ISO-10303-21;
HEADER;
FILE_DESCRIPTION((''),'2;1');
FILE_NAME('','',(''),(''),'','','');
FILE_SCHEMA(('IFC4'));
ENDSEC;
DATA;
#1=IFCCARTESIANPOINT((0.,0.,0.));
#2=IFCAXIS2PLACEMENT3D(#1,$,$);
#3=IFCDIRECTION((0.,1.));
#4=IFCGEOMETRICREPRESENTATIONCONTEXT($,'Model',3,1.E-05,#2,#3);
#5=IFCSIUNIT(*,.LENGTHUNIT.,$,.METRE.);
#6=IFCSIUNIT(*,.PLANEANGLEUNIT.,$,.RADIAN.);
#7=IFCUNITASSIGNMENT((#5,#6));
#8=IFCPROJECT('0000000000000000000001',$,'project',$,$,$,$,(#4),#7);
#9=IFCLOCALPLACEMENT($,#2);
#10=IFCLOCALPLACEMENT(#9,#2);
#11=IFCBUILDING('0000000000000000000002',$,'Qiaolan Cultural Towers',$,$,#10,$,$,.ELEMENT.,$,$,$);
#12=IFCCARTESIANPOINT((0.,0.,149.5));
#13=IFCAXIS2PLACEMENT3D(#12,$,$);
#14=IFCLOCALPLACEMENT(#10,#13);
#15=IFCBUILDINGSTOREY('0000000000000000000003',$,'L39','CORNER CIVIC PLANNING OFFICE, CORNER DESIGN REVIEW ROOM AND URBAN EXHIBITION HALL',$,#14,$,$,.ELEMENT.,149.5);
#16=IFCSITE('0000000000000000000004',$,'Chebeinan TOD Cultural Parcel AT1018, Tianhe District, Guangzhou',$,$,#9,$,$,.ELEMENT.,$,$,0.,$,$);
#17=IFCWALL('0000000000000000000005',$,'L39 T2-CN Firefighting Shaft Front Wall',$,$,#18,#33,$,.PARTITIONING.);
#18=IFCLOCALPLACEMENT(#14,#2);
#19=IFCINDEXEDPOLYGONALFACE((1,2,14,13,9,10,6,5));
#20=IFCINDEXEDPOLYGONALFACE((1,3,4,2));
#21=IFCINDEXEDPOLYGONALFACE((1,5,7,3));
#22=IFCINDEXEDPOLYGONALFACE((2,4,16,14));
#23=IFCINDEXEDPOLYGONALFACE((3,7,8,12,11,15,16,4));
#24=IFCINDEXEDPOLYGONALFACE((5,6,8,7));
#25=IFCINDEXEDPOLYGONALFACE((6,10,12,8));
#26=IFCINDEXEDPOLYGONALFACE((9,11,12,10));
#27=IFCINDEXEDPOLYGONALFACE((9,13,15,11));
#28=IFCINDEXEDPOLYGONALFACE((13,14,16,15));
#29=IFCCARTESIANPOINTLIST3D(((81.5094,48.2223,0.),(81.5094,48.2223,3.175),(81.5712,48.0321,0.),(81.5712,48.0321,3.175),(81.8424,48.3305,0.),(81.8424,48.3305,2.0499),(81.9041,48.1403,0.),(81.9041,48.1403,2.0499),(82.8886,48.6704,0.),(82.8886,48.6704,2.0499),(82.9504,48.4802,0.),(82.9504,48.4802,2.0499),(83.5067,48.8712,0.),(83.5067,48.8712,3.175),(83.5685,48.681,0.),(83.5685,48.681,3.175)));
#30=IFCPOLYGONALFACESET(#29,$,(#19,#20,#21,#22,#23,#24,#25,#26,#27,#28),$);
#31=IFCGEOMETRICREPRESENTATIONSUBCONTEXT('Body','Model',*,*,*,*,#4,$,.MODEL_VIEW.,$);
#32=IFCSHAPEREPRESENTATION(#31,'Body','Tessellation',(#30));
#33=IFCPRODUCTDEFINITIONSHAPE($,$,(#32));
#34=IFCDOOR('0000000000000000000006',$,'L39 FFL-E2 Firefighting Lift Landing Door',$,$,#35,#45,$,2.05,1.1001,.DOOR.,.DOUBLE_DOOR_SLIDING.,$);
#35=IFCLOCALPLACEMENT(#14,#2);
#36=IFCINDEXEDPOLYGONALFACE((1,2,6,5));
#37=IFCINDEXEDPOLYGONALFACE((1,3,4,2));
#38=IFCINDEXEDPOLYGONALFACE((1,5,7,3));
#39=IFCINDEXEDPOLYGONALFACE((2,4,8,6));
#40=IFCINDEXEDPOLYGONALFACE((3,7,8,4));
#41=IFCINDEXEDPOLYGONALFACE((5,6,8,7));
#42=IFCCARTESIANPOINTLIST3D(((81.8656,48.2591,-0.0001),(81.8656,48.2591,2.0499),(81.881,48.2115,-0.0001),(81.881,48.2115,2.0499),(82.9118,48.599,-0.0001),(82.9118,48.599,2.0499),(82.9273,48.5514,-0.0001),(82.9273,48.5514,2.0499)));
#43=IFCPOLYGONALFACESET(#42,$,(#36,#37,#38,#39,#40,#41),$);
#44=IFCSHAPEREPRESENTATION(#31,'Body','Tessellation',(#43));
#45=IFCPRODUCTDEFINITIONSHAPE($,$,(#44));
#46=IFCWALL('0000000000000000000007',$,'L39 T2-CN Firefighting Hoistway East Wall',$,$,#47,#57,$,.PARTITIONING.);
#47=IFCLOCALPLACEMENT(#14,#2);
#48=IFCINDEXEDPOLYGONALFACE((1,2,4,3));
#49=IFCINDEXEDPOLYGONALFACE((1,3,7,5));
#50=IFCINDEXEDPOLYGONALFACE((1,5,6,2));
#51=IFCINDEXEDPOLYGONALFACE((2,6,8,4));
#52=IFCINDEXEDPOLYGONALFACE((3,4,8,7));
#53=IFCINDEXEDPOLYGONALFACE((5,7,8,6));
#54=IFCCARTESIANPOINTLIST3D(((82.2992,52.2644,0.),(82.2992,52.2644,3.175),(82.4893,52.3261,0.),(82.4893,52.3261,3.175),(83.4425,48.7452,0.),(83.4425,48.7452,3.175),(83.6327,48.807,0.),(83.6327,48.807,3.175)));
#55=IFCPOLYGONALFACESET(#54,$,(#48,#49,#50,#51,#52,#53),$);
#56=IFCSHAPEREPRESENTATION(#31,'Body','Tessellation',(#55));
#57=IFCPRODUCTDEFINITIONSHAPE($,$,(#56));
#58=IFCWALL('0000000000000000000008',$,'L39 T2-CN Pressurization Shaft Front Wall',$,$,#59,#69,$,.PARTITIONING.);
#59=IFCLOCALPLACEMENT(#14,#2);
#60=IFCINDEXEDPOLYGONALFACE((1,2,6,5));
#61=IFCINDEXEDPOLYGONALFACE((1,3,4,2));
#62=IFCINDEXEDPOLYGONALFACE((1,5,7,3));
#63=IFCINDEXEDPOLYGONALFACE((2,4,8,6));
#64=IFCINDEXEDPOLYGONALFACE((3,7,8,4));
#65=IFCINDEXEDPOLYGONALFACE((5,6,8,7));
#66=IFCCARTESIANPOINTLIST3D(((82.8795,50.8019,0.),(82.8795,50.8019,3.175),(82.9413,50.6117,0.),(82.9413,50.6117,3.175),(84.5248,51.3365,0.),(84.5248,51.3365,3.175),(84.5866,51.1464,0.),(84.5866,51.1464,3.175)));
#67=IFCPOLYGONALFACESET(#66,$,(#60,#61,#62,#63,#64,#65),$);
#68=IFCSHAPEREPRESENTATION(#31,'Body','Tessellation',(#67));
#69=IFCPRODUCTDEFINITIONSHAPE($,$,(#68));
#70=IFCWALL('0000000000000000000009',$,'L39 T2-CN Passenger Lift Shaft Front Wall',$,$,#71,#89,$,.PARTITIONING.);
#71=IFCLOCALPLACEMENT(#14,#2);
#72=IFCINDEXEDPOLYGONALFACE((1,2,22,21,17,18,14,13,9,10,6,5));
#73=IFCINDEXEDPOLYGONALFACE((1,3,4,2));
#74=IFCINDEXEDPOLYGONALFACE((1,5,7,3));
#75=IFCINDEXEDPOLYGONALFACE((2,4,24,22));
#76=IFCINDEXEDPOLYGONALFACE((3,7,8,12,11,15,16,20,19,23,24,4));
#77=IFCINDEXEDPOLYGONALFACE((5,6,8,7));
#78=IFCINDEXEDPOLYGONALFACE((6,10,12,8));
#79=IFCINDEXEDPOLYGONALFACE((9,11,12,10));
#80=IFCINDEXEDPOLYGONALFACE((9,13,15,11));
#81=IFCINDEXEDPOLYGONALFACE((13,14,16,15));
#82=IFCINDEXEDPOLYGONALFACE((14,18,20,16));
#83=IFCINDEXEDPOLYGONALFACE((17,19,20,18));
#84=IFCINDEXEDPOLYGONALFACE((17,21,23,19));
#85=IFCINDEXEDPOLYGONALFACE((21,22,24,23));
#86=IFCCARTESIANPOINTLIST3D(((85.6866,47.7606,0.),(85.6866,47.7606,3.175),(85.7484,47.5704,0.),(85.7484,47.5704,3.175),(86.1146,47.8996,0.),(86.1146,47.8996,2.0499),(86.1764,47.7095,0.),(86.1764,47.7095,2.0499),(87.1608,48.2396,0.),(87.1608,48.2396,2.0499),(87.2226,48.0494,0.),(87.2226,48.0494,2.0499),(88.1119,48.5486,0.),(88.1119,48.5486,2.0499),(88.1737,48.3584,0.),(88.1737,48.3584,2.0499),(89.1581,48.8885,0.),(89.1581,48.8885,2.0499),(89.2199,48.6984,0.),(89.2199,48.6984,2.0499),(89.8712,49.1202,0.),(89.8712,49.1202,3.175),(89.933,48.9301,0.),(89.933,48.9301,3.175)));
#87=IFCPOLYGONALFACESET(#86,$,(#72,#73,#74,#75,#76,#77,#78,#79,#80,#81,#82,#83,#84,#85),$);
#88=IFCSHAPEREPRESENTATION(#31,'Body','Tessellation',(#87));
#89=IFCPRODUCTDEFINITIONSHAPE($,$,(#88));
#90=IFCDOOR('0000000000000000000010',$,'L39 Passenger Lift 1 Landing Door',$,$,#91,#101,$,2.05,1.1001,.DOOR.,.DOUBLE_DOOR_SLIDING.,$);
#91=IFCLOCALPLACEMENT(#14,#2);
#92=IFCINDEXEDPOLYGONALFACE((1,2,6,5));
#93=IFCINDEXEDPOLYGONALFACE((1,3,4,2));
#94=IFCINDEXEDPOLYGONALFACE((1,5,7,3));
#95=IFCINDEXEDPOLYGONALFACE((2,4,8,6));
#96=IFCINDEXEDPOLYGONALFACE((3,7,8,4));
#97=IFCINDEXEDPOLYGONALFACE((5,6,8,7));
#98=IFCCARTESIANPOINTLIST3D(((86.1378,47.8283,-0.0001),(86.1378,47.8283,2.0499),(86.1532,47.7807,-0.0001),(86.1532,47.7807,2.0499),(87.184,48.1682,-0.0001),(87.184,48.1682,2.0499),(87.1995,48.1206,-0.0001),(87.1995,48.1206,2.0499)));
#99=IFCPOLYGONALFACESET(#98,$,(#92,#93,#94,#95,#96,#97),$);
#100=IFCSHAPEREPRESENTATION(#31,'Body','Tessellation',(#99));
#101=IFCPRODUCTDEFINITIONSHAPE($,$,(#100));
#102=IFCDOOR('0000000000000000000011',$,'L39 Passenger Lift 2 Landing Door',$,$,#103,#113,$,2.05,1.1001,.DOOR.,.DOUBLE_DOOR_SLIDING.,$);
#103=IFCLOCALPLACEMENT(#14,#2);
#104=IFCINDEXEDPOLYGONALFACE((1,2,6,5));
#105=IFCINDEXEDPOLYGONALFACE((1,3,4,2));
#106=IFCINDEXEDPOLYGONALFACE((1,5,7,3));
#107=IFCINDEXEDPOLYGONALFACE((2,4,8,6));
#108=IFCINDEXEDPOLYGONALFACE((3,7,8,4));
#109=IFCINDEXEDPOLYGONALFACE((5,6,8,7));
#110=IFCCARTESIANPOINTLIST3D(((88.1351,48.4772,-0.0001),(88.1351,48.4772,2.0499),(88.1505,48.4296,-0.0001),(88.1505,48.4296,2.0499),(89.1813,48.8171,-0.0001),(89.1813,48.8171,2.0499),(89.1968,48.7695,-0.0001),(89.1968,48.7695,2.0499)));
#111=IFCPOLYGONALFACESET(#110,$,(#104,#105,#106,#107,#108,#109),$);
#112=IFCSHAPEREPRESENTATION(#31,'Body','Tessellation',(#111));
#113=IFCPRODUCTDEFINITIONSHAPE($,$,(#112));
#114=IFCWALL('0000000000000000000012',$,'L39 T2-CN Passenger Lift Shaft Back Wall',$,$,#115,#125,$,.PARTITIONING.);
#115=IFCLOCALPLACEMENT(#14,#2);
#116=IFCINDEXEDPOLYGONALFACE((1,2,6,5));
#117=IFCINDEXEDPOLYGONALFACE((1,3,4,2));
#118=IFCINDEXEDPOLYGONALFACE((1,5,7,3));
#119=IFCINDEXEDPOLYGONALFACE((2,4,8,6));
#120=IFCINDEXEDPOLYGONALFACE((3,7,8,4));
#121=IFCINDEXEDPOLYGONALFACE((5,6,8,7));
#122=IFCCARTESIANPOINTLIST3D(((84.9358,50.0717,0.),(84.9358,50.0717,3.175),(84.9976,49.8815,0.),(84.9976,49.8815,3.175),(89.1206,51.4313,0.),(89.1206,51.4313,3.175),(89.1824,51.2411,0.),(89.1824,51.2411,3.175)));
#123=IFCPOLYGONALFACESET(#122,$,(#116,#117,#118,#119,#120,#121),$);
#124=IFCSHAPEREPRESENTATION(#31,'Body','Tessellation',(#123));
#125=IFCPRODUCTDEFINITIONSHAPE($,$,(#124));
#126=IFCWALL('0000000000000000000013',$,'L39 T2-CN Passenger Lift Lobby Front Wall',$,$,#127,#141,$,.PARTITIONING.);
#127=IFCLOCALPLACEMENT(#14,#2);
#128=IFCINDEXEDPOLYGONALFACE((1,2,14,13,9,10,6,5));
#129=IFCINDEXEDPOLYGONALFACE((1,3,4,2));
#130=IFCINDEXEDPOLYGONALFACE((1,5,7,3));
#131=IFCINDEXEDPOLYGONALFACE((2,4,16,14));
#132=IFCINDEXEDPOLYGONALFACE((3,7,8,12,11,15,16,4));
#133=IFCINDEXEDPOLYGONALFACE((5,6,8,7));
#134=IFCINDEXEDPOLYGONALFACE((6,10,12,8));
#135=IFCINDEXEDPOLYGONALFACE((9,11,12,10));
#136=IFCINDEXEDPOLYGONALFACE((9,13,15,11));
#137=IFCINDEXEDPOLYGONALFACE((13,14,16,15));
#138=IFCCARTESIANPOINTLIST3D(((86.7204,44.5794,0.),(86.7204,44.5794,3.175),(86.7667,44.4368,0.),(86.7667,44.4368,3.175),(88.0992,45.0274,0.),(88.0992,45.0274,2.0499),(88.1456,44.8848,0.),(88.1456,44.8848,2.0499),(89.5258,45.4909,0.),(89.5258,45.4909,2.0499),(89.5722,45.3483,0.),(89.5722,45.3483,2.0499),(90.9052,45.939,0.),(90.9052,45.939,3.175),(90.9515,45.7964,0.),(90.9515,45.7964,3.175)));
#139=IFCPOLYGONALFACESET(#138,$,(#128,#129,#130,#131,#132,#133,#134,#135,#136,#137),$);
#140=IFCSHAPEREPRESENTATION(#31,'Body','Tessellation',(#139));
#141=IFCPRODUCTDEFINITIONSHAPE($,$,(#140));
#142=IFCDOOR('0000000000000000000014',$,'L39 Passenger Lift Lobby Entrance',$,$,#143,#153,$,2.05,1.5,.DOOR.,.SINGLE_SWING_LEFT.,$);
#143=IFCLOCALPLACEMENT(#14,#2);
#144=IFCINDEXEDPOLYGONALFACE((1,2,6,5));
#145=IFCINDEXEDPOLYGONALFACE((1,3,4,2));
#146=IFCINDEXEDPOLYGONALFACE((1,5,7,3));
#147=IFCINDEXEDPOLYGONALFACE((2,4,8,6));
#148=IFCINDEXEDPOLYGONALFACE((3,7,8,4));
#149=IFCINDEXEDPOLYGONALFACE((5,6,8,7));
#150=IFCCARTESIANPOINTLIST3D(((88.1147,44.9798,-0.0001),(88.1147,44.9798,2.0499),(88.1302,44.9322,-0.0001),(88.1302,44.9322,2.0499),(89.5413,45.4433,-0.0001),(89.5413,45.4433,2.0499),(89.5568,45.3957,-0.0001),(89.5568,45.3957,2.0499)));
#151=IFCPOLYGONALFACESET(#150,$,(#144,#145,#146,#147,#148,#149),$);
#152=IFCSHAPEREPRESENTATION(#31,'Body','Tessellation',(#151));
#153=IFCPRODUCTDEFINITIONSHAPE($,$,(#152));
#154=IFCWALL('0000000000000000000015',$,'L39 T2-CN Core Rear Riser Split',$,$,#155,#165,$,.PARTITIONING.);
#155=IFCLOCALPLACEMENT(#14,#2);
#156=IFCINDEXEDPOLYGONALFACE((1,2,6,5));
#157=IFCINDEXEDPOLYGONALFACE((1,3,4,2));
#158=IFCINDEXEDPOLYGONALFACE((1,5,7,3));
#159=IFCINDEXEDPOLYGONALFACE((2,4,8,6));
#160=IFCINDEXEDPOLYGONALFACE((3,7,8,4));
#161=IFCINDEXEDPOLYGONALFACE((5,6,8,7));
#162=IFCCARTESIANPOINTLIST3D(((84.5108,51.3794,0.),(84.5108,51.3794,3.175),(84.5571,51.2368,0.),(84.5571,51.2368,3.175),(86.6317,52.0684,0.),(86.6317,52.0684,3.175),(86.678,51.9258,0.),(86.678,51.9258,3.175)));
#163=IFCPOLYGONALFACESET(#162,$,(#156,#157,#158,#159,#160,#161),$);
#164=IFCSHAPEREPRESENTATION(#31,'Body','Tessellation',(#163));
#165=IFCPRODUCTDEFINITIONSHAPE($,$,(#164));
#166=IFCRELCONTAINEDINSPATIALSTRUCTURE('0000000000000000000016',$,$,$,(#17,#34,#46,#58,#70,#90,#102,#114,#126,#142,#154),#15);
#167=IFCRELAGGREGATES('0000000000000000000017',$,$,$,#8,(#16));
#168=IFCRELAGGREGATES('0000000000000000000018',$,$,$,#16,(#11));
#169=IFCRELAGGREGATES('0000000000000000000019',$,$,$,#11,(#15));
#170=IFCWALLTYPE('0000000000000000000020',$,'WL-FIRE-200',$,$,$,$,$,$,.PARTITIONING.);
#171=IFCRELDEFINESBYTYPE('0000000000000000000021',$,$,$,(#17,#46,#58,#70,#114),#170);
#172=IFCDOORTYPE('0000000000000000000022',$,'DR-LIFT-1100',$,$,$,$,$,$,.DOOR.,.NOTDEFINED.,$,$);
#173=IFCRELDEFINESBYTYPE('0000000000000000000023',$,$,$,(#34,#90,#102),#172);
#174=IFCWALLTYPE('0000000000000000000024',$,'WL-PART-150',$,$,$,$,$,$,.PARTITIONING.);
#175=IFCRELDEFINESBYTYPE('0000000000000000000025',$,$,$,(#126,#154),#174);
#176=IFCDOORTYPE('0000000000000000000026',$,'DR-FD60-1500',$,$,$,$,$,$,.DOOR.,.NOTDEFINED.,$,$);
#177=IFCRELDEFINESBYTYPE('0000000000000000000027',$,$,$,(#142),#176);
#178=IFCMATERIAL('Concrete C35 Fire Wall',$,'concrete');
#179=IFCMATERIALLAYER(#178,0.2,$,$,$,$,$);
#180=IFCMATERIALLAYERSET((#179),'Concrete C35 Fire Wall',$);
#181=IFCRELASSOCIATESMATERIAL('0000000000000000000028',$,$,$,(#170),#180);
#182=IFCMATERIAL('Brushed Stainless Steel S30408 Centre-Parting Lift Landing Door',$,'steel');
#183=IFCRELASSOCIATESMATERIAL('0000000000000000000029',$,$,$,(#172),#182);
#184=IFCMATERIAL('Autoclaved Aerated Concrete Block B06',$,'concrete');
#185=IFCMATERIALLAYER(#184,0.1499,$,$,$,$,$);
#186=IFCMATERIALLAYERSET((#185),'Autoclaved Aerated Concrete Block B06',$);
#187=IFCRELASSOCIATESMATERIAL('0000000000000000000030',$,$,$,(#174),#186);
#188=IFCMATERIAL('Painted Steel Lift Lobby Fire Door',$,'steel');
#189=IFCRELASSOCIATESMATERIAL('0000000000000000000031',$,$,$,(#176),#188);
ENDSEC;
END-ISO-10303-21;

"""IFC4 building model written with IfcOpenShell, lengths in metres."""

from ifc_helpers import new_model, si_unit, direction, frame, frame_2d, origin, place, context, subcontext, project, spatial, rectangle, extrude, material, layer, layer_set, type_object, element, fill, save


model = new_model("IFC4")

# Units and contexts
model_context = context("Model", 3, precision=1e-05, world=origin(), true_north=direction((0.0, 1.0)))
body_context = subcontext(model_context, "Body", "Model", "MODEL_VIEW")
ifc_project = project(units=[si_unit("LENGTHUNIT", "METRE"), si_unit("PLANEANGLEUNIT", "RADIAN")], contexts=[model_context])

# Site, building, storey
site_placement = place(None, origin())
site = spatial("IfcSite", under=ifc_project, at=site_placement, Name="Chebeinan TOD Cultural Parcel AT1018, Tianhe District, Guangzhou", CompositionType="ELEMENT", RefElevation=0.0)
building_placement = place(site_placement, origin())
building = spatial("IfcBuilding", under=site, at=building_placement, Name="Qiaolan Cultural Towers", CompositionType="ELEMENT")
storey_placement = place(building_placement, frame((0.0, 0.0, 149.5)))
storey = spatial("IfcBuildingStorey", under=building, at=storey_placement, Name="L39", Description="CORNER CIVIC PLANNING OFFICE, CORNER DESIGN REVIEW ROOM AND URBAN EXHIBITION HALL", CompositionType="ELEMENT", Elevation=149.5)

# Shared definitions
ifc_material_1 = material(Name="Concrete C35 Fire Wall", Category="concrete")
ifc_layer_1 = layer(ifc_material_1, 0.2)
ifc_layer_set_1 = layer_set([ifc_layer_1], Name="Concrete C35 Fire Wall")
wall_type_1 = type_object("IfcWallType", Name="WL-FIRE-200", PredefinedType="PARTITIONING", material=ifc_layer_set_1)

# Wall, opening, door
wall_1_placement = place(storey_placement, frame((81.5403, 48.1272, 0.0), z_axis=(0.0, 0.0, 1.0), x_axis=(0.951062, 0.308999, 0.0)))
wall_1 = element("IfcWall", 1, at=wall_1_placement, inside=storey, type_object=wall_type_1, Name="L39 T2-CN Firefighting Shaft Front Wall", PredefinedType="PARTITIONING", context=body_context, shape_type="SweptSolid", body=[
    extrude(rectangle(XDim=2.1001, YDim=0.2, at=frame_2d((1.05, 0.0))), origin(), (0.0, 0.0, 1.0), 3.175),
])
opening_1_placement = place(wall_1_placement, frame((0.3501, 0.0, 0.0)))
opening_1 = element("IfcOpeningElement", 2, at=opening_1_placement, cuts=wall_1, PredefinedType="OPENING", context=body_context, shape_type="SweptSolid", body=[
    extrude(rectangle(XDim=1.1001, YDim=2.05, at=frame_2d((0.55, 1.0249))), frame((0.0, 0.1099, 0.0), z_axis=(0.0, -1.0, 0.0), x_axis=(1.0, 0.0, 0.0)), (0.0, 0.0, 1.0), 0.22),
])
ifc_material_2 = material(Name="Brushed Stainless Steel S30408 Centre-Parting Lift Landing Door", Category="steel")
door_type_1 = type_object("IfcDoorType", Name="DR-LIFT-1100", OperationType="NOTDEFINED", PredefinedType="DOOR", material=ifc_material_2)
door_1_placement = place(opening_1_placement, origin())
door_1 = element("IfcDoor", 3, at=door_1_placement, inside=storey, type_object=door_type_1, Name="L39 FFL-E2 Firefighting Lift Landing Door", OperationType="DOUBLE_DOOR_SLIDING", OverallHeight=2.05, OverallWidth=1.1001, PredefinedType="DOOR", context=body_context, shape_type="SweptSolid", body=[
    extrude(rectangle(XDim=1.1001, YDim=2.05, at=frame_2d((0.55, 1.0249))), frame((0.0, 0.0249, 0.0), z_axis=(0.0, -1.0, 0.0), x_axis=(1.0, 0.0, 0.0)), (0.0, 0.0, 1.0), 0.05),
])
fill(opening_1, door_1)

# Walls
wall_2_placement = place(storey_placement, frame((83.5376, 48.7761, 0.0), z_axis=(0.0, 0.0, 1.0), x_axis=(-0.308994, 0.951064, 0.0)))
element("IfcWall", 4, at=wall_2_placement, inside=storey, type_object=wall_type_1, Name="L39 T2-CN Firefighting Hoistway East Wall", PredefinedType="PARTITIONING", context=body_context, shape_type="SweptSolid", body=[
    extrude(rectangle(XDim=3.7002, YDim=0.2, at=frame_2d((1.8501, 0.0))), origin(), (0.0, 0.0, 1.0), 3.175),
])
wall_3_placement = place(storey_placement, frame((82.9104, 50.7068, 0.0), z_axis=(0.0, 0.0, 1.0), x_axis=(0.951041, 0.309064, 0.0)))
element("IfcWall", 5, at=wall_3_placement, inside=storey, type_object=wall_type_1, Name="L39 T2-CN Pressurization Shaft Front Wall", PredefinedType="PARTITIONING", context=body_context, shape_type="SweptSolid", body=[
    extrude(rectangle(XDim=1.73, YDim=0.2, at=frame_2d((0.865, 0.0))), origin(), (0.0, 0.0, 1.0), 3.175),
])

# Wall, openings, doors
wall_4_placement = place(storey_placement, frame((85.7175, 47.6655, 0.0), z_axis=(0.0, 0.0, 1.0), x_axis=(0.951059, 0.309011, 0.0)))
wall_4 = element("IfcWall", 6, at=wall_4_placement, inside=storey, type_object=wall_type_1, Name="L39 T2-CN Passenger Lift Shaft Front Wall", PredefinedType="PARTITIONING", context=body_context, shape_type="SweptSolid", body=[
    extrude(rectangle(XDim=4.3999, YDim=0.2, at=frame_2d((2.2, 0.0))), origin(), (0.0, 0.0, 1.0), 3.175),
])
opening_2_placement = place(wall_4_placement, frame((0.45, 0.0, 0.0)))
opening_2 = element("IfcOpeningElement", 7, at=opening_2_placement, cuts=wall_4, PredefinedType="OPENING", context=body_context, shape_type="SweptSolid", body=[
    extrude(rectangle(XDim=1.1001, YDim=2.05, at=frame_2d((0.55, 1.0249))), frame((0.0, 0.1099, 0.0), z_axis=(0.0, -1.0, 0.0), x_axis=(1.0, 0.0, 0.0)), (0.0, 0.0, 1.0), 0.22),
])
opening_3_placement = place(wall_4_placement, frame((2.55, 0.0, 0.0)))
opening_3 = element("IfcOpeningElement", 8, at=opening_3_placement, cuts=wall_4, PredefinedType="OPENING", context=body_context, shape_type="SweptSolid", body=[
    extrude(rectangle(XDim=1.1001, YDim=2.05, at=frame_2d((0.55, 1.0249))), frame((0.0, 0.1099, 0.0), z_axis=(0.0, -1.0, 0.0), x_axis=(1.0, 0.0, 0.0)), (0.0, 0.0, 1.0), 0.22),
])
door_2_placement = place(opening_2_placement, origin())
door_2 = element("IfcDoor", 9, at=door_2_placement, inside=storey, type_object=door_type_1, Name="L39 Passenger Lift 1 Landing Door", OperationType="DOUBLE_DOOR_SLIDING", OverallHeight=2.05, OverallWidth=1.1001, PredefinedType="DOOR", context=body_context, shape_type="SweptSolid", body=[
    extrude(rectangle(XDim=1.1001, YDim=2.05, at=frame_2d((0.55, 1.0249))), frame((0.0, 0.0249, 0.0), z_axis=(0.0, -1.0, 0.0), x_axis=(1.0, 0.0, 0.0)), (0.0, 0.0, 1.0), 0.05),
])
fill(opening_2, door_2)
door_3_placement = place(opening_3_placement, origin())
door_3 = element("IfcDoor", 10, at=door_3_placement, inside=storey, type_object=door_type_1, Name="L39 Passenger Lift 2 Landing Door", OperationType="DOUBLE_DOOR_SLIDING", OverallHeight=2.05, OverallWidth=1.1001, PredefinedType="DOOR", context=body_context, shape_type="SweptSolid", body=[
    extrude(rectangle(XDim=1.1001, YDim=2.05, at=frame_2d((0.55, 1.0249))), frame((0.0, 0.0249, 0.0), z_axis=(0.0, -1.0, 0.0), x_axis=(1.0, 0.0, 0.0)), (0.0, 0.0, 1.0), 0.05),
])
fill(opening_3, door_3)

# Wall
wall_5_placement = place(storey_placement, frame((84.9666, 49.9766, 0.0), z_axis=(0.0, 0.0, 1.0), x_axis=(0.951064, 0.308994, 0.0)))
element("IfcWall", 11, at=wall_5_placement, inside=storey, type_object=wall_type_1, Name="L39 T2-CN Passenger Lift Shaft Back Wall", PredefinedType="PARTITIONING", context=body_context, shape_type="SweptSolid", body=[
    extrude(rectangle(XDim=4.4001, YDim=0.2, at=frame_2d((2.2002, 0.0))), origin(), (0.0, 0.0, 1.0), 3.175),
])

# Wall, opening, door
ifc_material_3 = material(Name="Autoclaved Aerated Concrete Block B06", Category="concrete")
ifc_layer_2 = layer(ifc_material_3, 0.1499)
ifc_layer_set_2 = layer_set([ifc_layer_2], Name="Autoclaved Aerated Concrete Block B06")
wall_type_2 = type_object("IfcWallType", Name="WL-PART-150", PredefinedType="PARTITIONING", material=ifc_layer_set_2)
wall_6_placement = place(storey_placement, frame((86.7434, 44.5081, 0.0), z_axis=(0.0, 0.0, 1.0), x_axis=(0.951064, 0.308994, 0.0)))
wall_6 = element("IfcWall", 12, at=wall_6_placement, inside=storey, type_object=wall_type_2, Name="L39 T2-CN Passenger Lift Lobby Front Wall", PredefinedType="PARTITIONING", context=body_context, shape_type="SweptSolid", body=[
    extrude(rectangle(XDim=4.4001, YDim=0.1499, at=frame_2d((2.2002, 0.0))), origin(), (0.0, 0.0, 1.0), 3.175),
])
opening_4_placement = place(wall_6_placement, frame((1.45, 0.0, 0.0)))
opening_4 = element("IfcOpeningElement", 13, at=opening_4_placement, cuts=wall_6, PredefinedType="OPENING", context=body_context, shape_type="SweptSolid", body=[
    extrude(rectangle(XDim=1.5, YDim=2.05, at=frame_2d((0.75, 1.0249))), frame((0.0, 0.085, 0.0), z_axis=(0.0, -1.0, 0.0), x_axis=(1.0, 0.0, 0.0)), (0.0, 0.0, 1.0), 0.1699),
])
ifc_material_4 = material(Name="Painted Steel Lift Lobby Fire Door", Category="steel")
door_type_2 = type_object("IfcDoorType", Name="DR-FD60-1500", OperationType="NOTDEFINED", PredefinedType="DOOR", material=ifc_material_4)
door_4_placement = place(opening_4_placement, origin())
door_4 = element("IfcDoor", 14, at=door_4_placement, inside=storey, type_object=door_type_2, Name="L39 Passenger Lift Lobby Entrance", OperationType="SINGLE_SWING_LEFT", OverallHeight=2.05, OverallWidth=1.5, PredefinedType="DOOR", context=body_context, shape_type="SweptSolid", body=[
    extrude(rectangle(XDim=1.5, YDim=2.05, at=frame_2d((0.75, 1.0249))), frame((0.0, 0.0249, 0.0), z_axis=(0.0, -1.0, 0.0), x_axis=(1.0, 0.0, 0.0)), (0.0, 0.0, 1.0), 0.05),
])
fill(opening_4, door_4)

# Wall
wall_7_placement = place(storey_placement, frame((84.5339, 51.3081, 0.0), z_axis=(0.0, 0.0, 1.0), x_axis=(0.951075, 0.30896, 0.0)))
element("IfcWall", 15, at=wall_7_placement, inside=storey, type_object=wall_type_2, Name="L39 T2-CN Core Rear Riser Split", PredefinedType="PARTITIONING", context=body_context, shape_type="SweptSolid", body=[
    extrude(rectangle(XDim=2.23, YDim=0.1499, at=frame_2d((1.115, 0.0))), origin(), (0.0, 0.0, 1.0), 3.175),
])

save(model, "model.ifc")
